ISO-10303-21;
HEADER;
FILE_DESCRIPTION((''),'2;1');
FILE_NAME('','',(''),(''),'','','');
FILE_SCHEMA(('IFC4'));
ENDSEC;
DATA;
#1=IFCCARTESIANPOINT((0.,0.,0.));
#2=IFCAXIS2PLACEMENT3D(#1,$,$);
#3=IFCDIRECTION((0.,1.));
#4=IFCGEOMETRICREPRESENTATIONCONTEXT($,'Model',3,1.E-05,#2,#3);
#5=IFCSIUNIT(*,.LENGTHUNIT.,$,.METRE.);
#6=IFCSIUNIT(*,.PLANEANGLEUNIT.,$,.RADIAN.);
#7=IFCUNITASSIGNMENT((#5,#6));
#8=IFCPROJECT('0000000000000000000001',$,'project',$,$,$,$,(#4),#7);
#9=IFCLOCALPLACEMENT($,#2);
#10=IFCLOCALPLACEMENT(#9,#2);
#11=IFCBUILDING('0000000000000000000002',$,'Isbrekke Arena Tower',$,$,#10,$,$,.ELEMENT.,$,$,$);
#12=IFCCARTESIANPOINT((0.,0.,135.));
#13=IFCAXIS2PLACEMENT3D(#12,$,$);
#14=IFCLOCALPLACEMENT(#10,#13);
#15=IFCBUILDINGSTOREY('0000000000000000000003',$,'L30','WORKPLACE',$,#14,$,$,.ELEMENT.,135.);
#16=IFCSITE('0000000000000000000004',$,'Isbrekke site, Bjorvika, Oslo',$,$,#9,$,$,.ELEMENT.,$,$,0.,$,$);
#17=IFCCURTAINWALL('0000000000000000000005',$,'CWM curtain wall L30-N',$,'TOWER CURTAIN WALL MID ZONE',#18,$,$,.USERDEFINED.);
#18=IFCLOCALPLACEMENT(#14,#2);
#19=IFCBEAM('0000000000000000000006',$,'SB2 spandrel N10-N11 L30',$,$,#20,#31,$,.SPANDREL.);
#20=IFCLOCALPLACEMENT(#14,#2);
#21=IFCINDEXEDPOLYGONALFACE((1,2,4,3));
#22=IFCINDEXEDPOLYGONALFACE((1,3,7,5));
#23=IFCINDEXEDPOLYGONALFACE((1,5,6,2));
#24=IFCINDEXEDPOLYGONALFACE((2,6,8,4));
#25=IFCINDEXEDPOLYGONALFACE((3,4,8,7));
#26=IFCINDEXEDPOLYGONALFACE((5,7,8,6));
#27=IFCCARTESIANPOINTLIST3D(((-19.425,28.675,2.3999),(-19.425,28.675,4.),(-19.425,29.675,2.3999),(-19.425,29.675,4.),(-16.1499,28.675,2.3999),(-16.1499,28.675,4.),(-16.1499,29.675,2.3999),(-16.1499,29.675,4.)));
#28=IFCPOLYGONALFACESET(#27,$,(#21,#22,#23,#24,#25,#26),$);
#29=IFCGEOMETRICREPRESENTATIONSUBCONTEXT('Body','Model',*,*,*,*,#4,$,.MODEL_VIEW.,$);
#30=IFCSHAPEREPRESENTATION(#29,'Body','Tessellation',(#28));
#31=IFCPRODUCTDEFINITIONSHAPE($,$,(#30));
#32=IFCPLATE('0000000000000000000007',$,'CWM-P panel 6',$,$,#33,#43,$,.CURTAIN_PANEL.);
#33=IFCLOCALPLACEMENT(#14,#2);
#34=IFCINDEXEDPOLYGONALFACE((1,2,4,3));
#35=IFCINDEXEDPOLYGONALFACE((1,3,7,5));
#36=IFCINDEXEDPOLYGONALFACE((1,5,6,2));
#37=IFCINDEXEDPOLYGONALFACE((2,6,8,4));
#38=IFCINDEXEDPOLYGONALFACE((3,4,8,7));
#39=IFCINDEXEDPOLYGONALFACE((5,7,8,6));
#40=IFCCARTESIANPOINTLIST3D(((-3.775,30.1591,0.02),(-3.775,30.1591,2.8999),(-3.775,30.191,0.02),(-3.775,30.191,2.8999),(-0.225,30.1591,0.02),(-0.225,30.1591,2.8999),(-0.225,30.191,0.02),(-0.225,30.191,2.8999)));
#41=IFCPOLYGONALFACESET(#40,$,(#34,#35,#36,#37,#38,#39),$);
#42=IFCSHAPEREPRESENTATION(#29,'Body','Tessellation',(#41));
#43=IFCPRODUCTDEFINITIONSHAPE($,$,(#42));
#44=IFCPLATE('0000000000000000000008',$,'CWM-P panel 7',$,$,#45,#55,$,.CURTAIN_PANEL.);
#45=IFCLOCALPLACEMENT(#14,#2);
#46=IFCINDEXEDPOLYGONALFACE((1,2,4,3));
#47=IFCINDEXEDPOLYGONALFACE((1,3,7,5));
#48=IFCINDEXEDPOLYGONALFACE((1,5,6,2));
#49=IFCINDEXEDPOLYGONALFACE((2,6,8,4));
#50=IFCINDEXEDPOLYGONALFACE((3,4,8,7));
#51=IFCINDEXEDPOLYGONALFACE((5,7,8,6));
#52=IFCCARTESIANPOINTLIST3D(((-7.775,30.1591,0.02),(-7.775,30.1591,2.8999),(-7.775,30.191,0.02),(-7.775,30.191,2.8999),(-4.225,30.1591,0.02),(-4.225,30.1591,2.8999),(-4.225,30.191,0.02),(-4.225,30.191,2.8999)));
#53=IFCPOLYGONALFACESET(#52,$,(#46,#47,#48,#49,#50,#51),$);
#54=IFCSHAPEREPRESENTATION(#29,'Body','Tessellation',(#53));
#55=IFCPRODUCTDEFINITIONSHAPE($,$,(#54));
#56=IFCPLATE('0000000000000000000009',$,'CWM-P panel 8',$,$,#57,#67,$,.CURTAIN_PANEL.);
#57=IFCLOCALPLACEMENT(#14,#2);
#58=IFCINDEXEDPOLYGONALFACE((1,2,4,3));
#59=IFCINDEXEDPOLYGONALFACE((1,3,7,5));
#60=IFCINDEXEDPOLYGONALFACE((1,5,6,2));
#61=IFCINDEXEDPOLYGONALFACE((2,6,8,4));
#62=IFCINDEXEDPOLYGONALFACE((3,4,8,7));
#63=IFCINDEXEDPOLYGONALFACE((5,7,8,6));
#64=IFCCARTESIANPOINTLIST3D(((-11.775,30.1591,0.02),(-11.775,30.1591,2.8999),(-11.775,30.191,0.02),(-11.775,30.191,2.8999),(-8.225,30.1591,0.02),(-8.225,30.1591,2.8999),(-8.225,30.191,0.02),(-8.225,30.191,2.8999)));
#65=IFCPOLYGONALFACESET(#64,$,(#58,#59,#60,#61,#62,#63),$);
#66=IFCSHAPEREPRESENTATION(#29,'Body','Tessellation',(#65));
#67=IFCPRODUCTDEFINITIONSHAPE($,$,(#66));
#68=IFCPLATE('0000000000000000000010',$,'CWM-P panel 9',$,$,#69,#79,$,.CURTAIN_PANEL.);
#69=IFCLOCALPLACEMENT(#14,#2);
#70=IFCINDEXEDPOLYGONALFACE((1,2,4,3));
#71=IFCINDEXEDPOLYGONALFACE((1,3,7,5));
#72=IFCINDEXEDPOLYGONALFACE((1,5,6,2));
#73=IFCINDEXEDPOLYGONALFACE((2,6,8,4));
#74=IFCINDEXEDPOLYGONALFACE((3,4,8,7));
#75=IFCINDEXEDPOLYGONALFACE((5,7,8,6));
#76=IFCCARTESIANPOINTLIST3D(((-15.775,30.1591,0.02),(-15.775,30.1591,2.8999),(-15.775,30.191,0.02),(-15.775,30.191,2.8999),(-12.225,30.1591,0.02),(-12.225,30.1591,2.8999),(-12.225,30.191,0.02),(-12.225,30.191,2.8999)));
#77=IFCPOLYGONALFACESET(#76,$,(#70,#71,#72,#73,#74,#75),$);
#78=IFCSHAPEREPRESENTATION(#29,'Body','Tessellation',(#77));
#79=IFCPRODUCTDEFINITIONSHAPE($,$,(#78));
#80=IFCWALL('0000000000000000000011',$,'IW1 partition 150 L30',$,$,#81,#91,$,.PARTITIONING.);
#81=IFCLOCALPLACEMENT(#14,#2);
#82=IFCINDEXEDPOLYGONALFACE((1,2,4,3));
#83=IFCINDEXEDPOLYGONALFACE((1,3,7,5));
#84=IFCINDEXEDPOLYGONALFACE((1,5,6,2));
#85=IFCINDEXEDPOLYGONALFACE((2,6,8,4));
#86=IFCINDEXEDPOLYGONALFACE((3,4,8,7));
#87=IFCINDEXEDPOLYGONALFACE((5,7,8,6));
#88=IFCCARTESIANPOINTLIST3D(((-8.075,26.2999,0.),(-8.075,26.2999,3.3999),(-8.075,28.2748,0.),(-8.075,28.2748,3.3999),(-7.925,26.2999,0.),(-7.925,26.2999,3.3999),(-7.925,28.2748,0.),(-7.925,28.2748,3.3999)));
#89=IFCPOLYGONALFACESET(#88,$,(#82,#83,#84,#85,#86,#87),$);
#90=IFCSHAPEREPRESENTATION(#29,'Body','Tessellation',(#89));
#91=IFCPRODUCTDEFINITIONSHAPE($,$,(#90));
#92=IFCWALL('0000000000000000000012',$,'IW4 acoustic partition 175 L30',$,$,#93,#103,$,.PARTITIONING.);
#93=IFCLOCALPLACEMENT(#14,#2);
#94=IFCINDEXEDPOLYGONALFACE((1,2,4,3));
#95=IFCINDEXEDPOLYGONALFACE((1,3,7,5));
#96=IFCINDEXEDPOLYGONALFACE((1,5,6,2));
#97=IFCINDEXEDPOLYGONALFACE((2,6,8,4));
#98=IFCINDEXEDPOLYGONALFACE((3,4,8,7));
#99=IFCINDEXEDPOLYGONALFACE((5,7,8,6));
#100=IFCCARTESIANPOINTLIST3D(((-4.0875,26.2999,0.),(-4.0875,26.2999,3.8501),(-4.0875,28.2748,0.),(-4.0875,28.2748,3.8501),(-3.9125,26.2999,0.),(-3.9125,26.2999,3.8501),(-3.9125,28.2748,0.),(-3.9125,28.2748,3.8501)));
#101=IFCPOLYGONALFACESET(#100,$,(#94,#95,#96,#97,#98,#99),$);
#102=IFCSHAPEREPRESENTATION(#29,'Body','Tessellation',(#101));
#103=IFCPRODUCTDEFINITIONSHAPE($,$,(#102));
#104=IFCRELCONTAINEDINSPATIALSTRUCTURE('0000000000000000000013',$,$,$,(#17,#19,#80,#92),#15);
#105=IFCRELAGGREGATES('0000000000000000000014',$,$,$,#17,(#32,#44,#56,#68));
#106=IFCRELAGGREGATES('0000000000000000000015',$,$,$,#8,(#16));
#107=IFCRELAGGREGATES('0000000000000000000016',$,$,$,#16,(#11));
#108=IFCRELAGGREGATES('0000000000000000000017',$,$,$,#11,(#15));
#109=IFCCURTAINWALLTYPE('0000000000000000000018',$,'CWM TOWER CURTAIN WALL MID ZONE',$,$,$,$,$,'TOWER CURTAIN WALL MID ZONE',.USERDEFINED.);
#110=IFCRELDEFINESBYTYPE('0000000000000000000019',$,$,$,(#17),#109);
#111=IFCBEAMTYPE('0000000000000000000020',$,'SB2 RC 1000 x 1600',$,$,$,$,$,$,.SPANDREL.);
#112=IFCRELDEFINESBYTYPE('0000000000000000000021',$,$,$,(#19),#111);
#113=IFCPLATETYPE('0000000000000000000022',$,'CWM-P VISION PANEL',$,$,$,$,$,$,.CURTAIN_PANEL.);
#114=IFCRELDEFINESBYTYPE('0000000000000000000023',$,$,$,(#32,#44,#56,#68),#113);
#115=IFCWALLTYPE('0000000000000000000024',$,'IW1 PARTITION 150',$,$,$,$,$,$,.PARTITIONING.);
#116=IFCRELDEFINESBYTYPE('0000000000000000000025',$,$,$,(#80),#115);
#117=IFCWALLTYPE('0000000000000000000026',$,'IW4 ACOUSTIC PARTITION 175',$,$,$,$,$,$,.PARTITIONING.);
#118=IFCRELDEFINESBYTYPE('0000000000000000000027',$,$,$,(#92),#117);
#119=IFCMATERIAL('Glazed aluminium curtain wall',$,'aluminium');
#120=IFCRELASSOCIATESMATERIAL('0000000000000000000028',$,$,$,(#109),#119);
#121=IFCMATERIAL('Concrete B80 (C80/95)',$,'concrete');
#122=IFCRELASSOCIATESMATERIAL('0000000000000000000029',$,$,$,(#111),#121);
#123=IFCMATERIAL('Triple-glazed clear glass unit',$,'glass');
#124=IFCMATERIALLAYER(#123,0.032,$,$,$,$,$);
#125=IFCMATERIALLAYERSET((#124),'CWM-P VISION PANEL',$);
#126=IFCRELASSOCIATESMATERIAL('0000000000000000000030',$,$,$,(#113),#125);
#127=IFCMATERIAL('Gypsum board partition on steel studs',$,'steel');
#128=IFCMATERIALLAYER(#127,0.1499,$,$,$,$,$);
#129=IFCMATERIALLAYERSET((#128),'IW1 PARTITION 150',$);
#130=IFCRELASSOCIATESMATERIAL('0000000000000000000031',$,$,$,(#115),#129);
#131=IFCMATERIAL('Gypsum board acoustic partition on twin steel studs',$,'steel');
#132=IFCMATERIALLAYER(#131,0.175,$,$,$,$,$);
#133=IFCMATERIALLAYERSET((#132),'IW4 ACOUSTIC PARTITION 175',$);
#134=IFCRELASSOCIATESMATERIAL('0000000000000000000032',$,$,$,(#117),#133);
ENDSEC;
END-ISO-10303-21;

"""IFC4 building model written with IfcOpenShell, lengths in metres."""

from ifc_helpers import new_model, si_unit, direction, frame, frame_2d, origin, origin_2d, place, context, subcontext, project, spatial, rectangle, extrude, material, layer, layer_set, material_profile, profile_set, type_object, element, aggregate, save


model = new_model("IFC4")

# Units and contexts
model_context = context("Model", 3, precision=1e-05, world=origin(), true_north=direction((0.0, 1.0)))
body_context = subcontext(model_context, "Body", "Model", "MODEL_VIEW")
ifc_project = project(units=[si_unit("LENGTHUNIT", "METRE"), si_unit("PLANEANGLEUNIT", "RADIAN")], contexts=[model_context])

# Site, building, storey
site_placement = place(None, origin())
site = spatial("IfcSite", under=ifc_project, at=site_placement, Name="Isbrekke site, Bjorvika, Oslo", CompositionType="ELEMENT", RefElevation=0.0)
building_placement = place(site_placement, origin())
building = spatial("IfcBuilding", under=site, at=building_placement, Name="Isbrekke Arena Tower", CompositionType="ELEMENT")
storey_placement = place(building_placement, frame((0.0, 0.0, 135.0)))
storey = spatial("IfcBuildingStorey", under=building, at=storey_placement, Name="L30", Description="WORKPLACE", CompositionType="ELEMENT", Elevation=135.0)

# Curtain wall
ifc_material_1 = material(Name="Glazed aluminium curtain wall", Category="aluminium")
curtain_wall_type = type_object("IfcCurtainWallType", Name="CWM TOWER CURTAIN WALL MID ZONE", ElementType="TOWER CURTAIN WALL MID ZONE", PredefinedType="USERDEFINED", material=ifc_material_1)
curtain_wall_placement = place(storey_placement, origin())
curtain_wall = element("IfcCurtainWall", 1, at=curtain_wall_placement, inside=storey, type_object=curtain_wall_type, Name="CWM curtain wall L30-N", ObjectType="TOWER CURTAIN WALL MID ZONE", PredefinedType="USERDEFINED")

# Beam
ifc_material_2 = material(Name="Concrete B80 (C80/95)", Category="concrete")
ifc_material_profile_1 = material_profile(ifc_material_2, rectangle(XDim=1.0, YDim=1.6001, at=origin_2d()), Name="RC 1000x1600")
ifc_profile_set_1 = profile_set([ifc_material_profile_1], Name="Concrete B80 (C80/95)")
beam_type_1 = type_object("IfcBeamType", Name="SB2 RC 1000 x 1600", PredefinedType="SPANDREL", material=ifc_profile_set_1)
beam_1_placement = place(storey_placement, frame((-16.1499, 29.175, 3.2), z_axis=(-1.0, 0.0, 0.0), x_axis=(0.0, -1.0, 0.0)))
element("IfcBeam", 2, at=beam_1_placement, inside=storey, type_object=beam_type_1, Name="SB2 spandrel N10-N11 L30", PredefinedType="SPANDREL", context=body_context, shape_type="SweptSolid", body=[
    extrude(rectangle(XDim=1.0, YDim=1.6001, at=origin_2d()), origin(), (0.0, 0.0, 1.0), 3.2751),
])

# Plates
ifc_material_3 = material(Name="Triple-glazed clear glass unit", Category="glass")
ifc_layer_1 = layer(ifc_material_3, 0.032)
ifc_layer_set_1 = layer_set([ifc_layer_1], Name="CWM-P VISION PANEL")
plate_type = type_object("IfcPlateType", Name="CWM-P VISION PANEL", PredefinedType="CURTAIN_PANEL", material=ifc_layer_set_1)
plate_1_placement = place(storey_placement, frame((-2.0, 30.175, 0.02), z_axis=(0.0, 0.0, 1.0), x_axis=(-1.0, 0.0, 0.0)))
plate_1 = element("IfcPlate", 3, at=plate_1_placement, type_object=plate_type, Name="CWM-P panel 6", PredefinedType="CURTAIN_PANEL", context=body_context, shape_type="SweptSolid", body=[
    extrude(rectangle(XDim=3.55, YDim=0.032, at=origin_2d()), origin(), (0.0, 0.0, 1.0), 2.8799),
])
plate_2_placement = place(storey_placement, frame((-6.0, 30.175, 0.02), z_axis=(0.0, 0.0, 1.0), x_axis=(-1.0, 0.0, 0.0)))
plate_2 = element("IfcPlate", 4, at=plate_2_placement, type_object=plate_type, Name="CWM-P panel 7", PredefinedType="CURTAIN_PANEL", context=body_context, shape_type="SweptSolid", body=[
    extrude(rectangle(XDim=3.55, YDim=0.032, at=origin_2d()), origin(), (0.0, 0.0, 1.0), 2.8799),
])
plate_3_placement = place(storey_placement, frame((-10.0, 30.175, 0.02), z_axis=(0.0, 0.0, 1.0), x_axis=(-1.0, 0.0, 0.0)))
plate_3 = element("IfcPlate", 5, at=plate_3_placement, type_object=plate_type, Name="CWM-P panel 8", PredefinedType="CURTAIN_PANEL", context=body_context, shape_type="SweptSolid", body=[
    extrude(rectangle(XDim=3.55, YDim=0.032, at=origin_2d()), origin(), (0.0, 0.0, 1.0), 2.8799),
])
plate_4_placement = place(storey_placement, frame((-14.0, 30.175, 0.02), z_axis=(0.0, 0.0, 1.0), x_axis=(-1.0, 0.0, 0.0)))
plate_4 = element("IfcPlate", 6, at=plate_4_placement, type_object=plate_type, Name="CWM-P panel 9", PredefinedType="CURTAIN_PANEL", context=body_context, shape_type="SweptSolid", body=[
    extrude(rectangle(XDim=3.55, YDim=0.032, at=origin_2d()), origin(), (0.0, 0.0, 1.0), 2.8799),
])
aggregate(curtain_wall, [plate_1, plate_2, plate_3, plate_4])

# Walls
ifc_material_4 = material(Name="Gypsum board partition on steel studs", Category="steel")
ifc_layer_2 = layer(ifc_material_4, 0.1499)
ifc_layer_set_2 = layer_set([ifc_layer_2], Name="IW1 PARTITION 150")
wall_type_1 = type_object("IfcWallType", Name="IW1 PARTITION 150", PredefinedType="PARTITIONING", material=ifc_layer_set_2)
wall_1_placement = place(storey_placement, frame((-8.0, 26.3, 0.0), z_axis=(0.0, 0.0, 1.0), x_axis=(0.0, 1.0, 0.0)))
element("IfcWall", 7, at=wall_1_placement, inside=storey, type_object=wall_type_1, Name="IW1 partition 150 L30", PredefinedType="PARTITIONING", context=body_context, shape_type="SweptSolid", body=[
    extrude(rectangle(XDim=1.9749, YDim=0.1499, at=frame_2d((0.9873, 0.0))), origin(), (0.0, 0.0, 1.0), 3.3999),
])
ifc_material_5 = material(Name="Gypsum board acoustic partition on twin steel studs", Category="steel")
ifc_layer_3 = layer(ifc_material_5, 0.175)
ifc_layer_set_3 = layer_set([ifc_layer_3], Name="IW4 ACOUSTIC PARTITION 175")
wall_type_2 = type_object("IfcWallType", Name="IW4 ACOUSTIC PARTITION 175", PredefinedType="PARTITIONING", material=ifc_layer_set_3)
wall_2_placement = place(storey_placement, frame((-4.0, 26.3, 0.0), z_axis=(0.0, 0.0, 1.0), x_axis=(0.0, 1.0, 0.0)))
element("IfcWall", 8, at=wall_2_placement, inside=storey, type_object=wall_type_2, Name="IW4 acoustic partition 175 L30", PredefinedType="PARTITIONING", context=body_context, shape_type="SweptSolid", body=[
    extrude(rectangle(XDim=1.9749, YDim=0.175, at=frame_2d((0.9873, 0.0))), origin(), (0.0, 0.0, 1.0), 3.8501),
])

save(model, "model.ifc")
